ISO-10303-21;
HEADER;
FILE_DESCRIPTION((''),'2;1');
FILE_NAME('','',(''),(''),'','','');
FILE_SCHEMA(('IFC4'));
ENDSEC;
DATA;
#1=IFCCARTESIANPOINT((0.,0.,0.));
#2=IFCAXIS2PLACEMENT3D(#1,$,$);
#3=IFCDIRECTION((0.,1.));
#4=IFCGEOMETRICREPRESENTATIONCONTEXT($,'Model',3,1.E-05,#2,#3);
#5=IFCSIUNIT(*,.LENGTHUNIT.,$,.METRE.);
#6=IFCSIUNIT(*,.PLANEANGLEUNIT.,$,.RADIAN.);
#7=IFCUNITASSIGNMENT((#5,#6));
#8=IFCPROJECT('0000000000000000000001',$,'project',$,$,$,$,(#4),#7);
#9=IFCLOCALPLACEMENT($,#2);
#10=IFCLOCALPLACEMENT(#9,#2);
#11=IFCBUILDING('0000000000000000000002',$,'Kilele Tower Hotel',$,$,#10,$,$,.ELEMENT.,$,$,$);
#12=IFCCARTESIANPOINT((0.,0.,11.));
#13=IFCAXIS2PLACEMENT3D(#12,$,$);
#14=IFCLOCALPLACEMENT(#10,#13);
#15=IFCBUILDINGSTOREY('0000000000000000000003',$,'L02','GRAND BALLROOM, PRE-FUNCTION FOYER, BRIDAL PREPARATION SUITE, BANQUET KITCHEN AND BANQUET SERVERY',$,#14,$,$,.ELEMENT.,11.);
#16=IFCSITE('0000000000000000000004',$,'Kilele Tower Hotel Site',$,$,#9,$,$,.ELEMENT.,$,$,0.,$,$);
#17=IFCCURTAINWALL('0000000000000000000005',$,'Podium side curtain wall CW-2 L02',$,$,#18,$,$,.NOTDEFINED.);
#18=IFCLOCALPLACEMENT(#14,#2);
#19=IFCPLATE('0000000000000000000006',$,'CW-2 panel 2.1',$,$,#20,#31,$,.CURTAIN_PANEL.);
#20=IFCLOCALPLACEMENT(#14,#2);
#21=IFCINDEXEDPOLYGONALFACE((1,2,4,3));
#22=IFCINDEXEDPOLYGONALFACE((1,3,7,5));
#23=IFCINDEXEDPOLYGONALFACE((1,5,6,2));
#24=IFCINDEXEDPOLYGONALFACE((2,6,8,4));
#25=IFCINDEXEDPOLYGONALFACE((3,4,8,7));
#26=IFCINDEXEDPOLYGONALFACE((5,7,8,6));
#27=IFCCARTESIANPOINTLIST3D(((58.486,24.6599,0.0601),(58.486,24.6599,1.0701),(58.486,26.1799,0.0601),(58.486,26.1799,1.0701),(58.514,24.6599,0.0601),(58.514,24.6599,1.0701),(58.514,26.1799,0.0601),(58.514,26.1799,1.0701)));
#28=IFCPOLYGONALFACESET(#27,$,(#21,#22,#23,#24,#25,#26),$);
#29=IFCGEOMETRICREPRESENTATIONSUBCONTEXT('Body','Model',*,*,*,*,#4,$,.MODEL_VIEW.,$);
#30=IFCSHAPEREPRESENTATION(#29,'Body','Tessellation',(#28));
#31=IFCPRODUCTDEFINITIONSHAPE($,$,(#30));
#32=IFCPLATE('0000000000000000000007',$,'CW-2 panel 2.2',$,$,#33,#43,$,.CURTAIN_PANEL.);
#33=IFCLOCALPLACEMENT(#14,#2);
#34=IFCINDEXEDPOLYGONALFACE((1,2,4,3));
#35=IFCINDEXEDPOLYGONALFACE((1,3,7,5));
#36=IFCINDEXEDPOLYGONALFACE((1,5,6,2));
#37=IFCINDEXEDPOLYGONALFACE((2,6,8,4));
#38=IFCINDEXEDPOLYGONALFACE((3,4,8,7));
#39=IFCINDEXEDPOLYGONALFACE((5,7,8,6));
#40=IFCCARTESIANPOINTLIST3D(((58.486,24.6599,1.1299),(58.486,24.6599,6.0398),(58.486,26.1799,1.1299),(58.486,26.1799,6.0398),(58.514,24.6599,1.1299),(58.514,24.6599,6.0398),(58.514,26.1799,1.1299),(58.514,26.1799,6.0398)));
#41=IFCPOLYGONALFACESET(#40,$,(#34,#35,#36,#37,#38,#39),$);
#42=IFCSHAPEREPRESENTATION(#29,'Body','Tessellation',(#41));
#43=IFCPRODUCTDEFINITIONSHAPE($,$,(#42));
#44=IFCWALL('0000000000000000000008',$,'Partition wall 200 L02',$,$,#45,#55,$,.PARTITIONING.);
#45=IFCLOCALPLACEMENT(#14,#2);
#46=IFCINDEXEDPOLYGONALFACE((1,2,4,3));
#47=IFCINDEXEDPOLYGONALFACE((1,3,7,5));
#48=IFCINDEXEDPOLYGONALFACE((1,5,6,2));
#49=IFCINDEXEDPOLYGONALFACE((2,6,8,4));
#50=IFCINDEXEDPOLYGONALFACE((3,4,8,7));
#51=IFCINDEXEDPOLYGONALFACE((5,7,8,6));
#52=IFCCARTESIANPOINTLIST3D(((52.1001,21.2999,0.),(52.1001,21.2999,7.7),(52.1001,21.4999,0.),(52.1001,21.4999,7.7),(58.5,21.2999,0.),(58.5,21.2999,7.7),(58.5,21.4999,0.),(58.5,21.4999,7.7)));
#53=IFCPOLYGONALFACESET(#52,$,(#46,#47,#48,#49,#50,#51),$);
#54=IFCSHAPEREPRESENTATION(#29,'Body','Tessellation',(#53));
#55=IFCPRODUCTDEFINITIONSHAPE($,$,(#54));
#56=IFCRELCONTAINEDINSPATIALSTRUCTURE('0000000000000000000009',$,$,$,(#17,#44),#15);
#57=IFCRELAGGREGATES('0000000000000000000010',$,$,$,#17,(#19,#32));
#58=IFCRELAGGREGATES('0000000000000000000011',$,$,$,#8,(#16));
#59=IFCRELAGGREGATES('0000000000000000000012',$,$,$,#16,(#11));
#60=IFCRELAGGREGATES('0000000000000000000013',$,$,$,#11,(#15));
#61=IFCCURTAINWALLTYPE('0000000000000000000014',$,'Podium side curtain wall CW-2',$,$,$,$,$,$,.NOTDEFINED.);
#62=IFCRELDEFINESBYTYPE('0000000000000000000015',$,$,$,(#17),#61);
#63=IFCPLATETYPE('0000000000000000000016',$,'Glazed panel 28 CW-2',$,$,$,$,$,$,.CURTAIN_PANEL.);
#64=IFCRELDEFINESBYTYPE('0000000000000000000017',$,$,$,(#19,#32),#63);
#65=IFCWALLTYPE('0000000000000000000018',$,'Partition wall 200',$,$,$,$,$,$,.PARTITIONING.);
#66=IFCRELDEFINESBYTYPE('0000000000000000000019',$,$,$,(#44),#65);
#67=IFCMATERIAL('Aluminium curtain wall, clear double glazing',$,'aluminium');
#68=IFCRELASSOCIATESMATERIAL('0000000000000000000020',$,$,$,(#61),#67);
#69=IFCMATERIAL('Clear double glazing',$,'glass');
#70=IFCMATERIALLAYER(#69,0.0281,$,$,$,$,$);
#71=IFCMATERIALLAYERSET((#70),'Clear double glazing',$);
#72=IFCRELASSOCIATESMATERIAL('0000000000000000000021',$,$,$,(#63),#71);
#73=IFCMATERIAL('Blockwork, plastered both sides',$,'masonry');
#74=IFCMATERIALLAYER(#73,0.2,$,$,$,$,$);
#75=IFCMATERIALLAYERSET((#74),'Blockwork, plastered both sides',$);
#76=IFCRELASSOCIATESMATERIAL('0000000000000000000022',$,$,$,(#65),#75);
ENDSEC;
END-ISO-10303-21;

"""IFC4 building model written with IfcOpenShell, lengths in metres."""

from ifc_helpers import new_model, si_unit, direction, frame, frame_2d, origin, origin_2d, place, context, subcontext, project, spatial, rectangle, extrude, material, layer, layer_set, type_object, element, aggregate, save


model = new_model("IFC4")

# Units and contexts
model_context = context("Model", 3, precision=1e-05, world=origin(), true_north=direction((0.0, 1.0)))
body_context = subcontext(model_context, "Body", "Model", "MODEL_VIEW")
ifc_project = project(units=[si_unit("LENGTHUNIT", "METRE"), si_unit("PLANEANGLEUNIT", "RADIAN")], contexts=[model_context])

# Site, building, storey
site_placement = place(None, origin())
site = spatial("IfcSite", under=ifc_project, at=site_placement, Name="Kilele Tower Hotel Site", CompositionType="ELEMENT", RefElevation=0.0)
building_placement = place(site_placement, origin())
building = spatial("IfcBuilding", under=site, at=building_placement, Name="Kilele Tower Hotel", CompositionType="ELEMENT")
storey_placement = place(building_placement, frame((0.0, 0.0, 11.0)))
storey = spatial("IfcBuildingStorey", under=building, at=storey_placement, Name="L02", Description="GRAND BALLROOM, PRE-FUNCTION FOYER, BRIDAL PREPARATION SUITE, BANQUET KITCHEN AND BANQUET SERVERY", CompositionType="ELEMENT", Elevation=11.0)

# Curtain wall
ifc_material_1 = material(Name="Aluminium curtain wall, clear double glazing", Category="aluminium")
curtain_wall_type = type_object("IfcCurtainWallType", Name="Podium side curtain wall CW-2", PredefinedType="NOTDEFINED", material=ifc_material_1)
curtain_wall_1_placement = place(storey_placement, origin())
curtain_wall_1 = element("IfcCurtainWall", 1, at=curtain_wall_1_placement, inside=storey, type_object=curtain_wall_type, Name="Podium side curtain wall CW-2 L02", PredefinedType="NOTDEFINED")

# Plates
ifc_material_2 = material(Name="Clear double glazing", Category="glass")
ifc_layer_1 = layer(ifc_material_2, 0.0281)
ifc_layer_set_1 = layer_set([ifc_layer_1], Name="Clear double glazing")
plate_type = type_object("IfcPlateType", Name="Glazed panel 28 CW-2", PredefinedType="CURTAIN_PANEL", material=ifc_layer_set_1)
plate_1_placement = place(storey_placement, frame((58.5, 25.4199, 0.0601), z_axis=(0.0, 0.0, 1.0), x_axis=(0.0, 1.0, 0.0)))
plate_1 = element("IfcPlate", 2, at=plate_1_placement, type_object=plate_type, Name="CW-2 panel 2.1", PredefinedType="CURTAIN_PANEL", context=body_context, shape_type="SweptSolid", body=[
    extrude(rectangle(XDim=1.52, YDim=0.0281, at=origin_2d()), origin(), (0.0, 0.0, 1.0), 1.01),
])
plate_2_placement = place(storey_placement, frame((58.5, 25.4199, 1.1299), z_axis=(0.0, 0.0, 1.0), x_axis=(0.0, 1.0, 0.0)))
plate_2 = element("IfcPlate", 3, at=plate_2_placement, type_object=plate_type, Name="CW-2 panel 2.2", PredefinedType="CURTAIN_PANEL", context=body_context, shape_type="SweptSolid", body=[
    extrude(rectangle(XDim=1.52, YDim=0.0281, at=origin_2d()), origin(), (0.0, 0.0, 1.0), 4.9099),
])
aggregate(curtain_wall_1, [plate_1, plate_2])

# Wall
ifc_material_3 = material(Name="Blockwork, plastered both sides", Category="masonry")
ifc_layer_2 = layer(ifc_material_3, 0.2)
ifc_layer_set_2 = layer_set([ifc_layer_2], Name="Blockwork, plastered both sides")
wall_type = type_object("IfcWallType", Name="Partition wall 200", PredefinedType="PARTITIONING", material=ifc_layer_set_2)
wall_placement = place(storey_placement, frame((52.1001, 21.3999, 0.0), z_axis=(0.0, 0.0, 1.0), x_axis=(1.0, 0.0, 0.0)))
element("IfcWall", 4, at=wall_placement, inside=storey, type_object=wall_type, Name="Partition wall 200 L02", PredefinedType="PARTITIONING", context=body_context, shape_type="SweptSolid", body=[
    extrude(rectangle(XDim=6.3999, YDim=0.2, at=frame_2d((3.2, 0.0))), origin(), (0.0, 0.0, 1.0), 7.7),
])

save(model, "model.ifc")
